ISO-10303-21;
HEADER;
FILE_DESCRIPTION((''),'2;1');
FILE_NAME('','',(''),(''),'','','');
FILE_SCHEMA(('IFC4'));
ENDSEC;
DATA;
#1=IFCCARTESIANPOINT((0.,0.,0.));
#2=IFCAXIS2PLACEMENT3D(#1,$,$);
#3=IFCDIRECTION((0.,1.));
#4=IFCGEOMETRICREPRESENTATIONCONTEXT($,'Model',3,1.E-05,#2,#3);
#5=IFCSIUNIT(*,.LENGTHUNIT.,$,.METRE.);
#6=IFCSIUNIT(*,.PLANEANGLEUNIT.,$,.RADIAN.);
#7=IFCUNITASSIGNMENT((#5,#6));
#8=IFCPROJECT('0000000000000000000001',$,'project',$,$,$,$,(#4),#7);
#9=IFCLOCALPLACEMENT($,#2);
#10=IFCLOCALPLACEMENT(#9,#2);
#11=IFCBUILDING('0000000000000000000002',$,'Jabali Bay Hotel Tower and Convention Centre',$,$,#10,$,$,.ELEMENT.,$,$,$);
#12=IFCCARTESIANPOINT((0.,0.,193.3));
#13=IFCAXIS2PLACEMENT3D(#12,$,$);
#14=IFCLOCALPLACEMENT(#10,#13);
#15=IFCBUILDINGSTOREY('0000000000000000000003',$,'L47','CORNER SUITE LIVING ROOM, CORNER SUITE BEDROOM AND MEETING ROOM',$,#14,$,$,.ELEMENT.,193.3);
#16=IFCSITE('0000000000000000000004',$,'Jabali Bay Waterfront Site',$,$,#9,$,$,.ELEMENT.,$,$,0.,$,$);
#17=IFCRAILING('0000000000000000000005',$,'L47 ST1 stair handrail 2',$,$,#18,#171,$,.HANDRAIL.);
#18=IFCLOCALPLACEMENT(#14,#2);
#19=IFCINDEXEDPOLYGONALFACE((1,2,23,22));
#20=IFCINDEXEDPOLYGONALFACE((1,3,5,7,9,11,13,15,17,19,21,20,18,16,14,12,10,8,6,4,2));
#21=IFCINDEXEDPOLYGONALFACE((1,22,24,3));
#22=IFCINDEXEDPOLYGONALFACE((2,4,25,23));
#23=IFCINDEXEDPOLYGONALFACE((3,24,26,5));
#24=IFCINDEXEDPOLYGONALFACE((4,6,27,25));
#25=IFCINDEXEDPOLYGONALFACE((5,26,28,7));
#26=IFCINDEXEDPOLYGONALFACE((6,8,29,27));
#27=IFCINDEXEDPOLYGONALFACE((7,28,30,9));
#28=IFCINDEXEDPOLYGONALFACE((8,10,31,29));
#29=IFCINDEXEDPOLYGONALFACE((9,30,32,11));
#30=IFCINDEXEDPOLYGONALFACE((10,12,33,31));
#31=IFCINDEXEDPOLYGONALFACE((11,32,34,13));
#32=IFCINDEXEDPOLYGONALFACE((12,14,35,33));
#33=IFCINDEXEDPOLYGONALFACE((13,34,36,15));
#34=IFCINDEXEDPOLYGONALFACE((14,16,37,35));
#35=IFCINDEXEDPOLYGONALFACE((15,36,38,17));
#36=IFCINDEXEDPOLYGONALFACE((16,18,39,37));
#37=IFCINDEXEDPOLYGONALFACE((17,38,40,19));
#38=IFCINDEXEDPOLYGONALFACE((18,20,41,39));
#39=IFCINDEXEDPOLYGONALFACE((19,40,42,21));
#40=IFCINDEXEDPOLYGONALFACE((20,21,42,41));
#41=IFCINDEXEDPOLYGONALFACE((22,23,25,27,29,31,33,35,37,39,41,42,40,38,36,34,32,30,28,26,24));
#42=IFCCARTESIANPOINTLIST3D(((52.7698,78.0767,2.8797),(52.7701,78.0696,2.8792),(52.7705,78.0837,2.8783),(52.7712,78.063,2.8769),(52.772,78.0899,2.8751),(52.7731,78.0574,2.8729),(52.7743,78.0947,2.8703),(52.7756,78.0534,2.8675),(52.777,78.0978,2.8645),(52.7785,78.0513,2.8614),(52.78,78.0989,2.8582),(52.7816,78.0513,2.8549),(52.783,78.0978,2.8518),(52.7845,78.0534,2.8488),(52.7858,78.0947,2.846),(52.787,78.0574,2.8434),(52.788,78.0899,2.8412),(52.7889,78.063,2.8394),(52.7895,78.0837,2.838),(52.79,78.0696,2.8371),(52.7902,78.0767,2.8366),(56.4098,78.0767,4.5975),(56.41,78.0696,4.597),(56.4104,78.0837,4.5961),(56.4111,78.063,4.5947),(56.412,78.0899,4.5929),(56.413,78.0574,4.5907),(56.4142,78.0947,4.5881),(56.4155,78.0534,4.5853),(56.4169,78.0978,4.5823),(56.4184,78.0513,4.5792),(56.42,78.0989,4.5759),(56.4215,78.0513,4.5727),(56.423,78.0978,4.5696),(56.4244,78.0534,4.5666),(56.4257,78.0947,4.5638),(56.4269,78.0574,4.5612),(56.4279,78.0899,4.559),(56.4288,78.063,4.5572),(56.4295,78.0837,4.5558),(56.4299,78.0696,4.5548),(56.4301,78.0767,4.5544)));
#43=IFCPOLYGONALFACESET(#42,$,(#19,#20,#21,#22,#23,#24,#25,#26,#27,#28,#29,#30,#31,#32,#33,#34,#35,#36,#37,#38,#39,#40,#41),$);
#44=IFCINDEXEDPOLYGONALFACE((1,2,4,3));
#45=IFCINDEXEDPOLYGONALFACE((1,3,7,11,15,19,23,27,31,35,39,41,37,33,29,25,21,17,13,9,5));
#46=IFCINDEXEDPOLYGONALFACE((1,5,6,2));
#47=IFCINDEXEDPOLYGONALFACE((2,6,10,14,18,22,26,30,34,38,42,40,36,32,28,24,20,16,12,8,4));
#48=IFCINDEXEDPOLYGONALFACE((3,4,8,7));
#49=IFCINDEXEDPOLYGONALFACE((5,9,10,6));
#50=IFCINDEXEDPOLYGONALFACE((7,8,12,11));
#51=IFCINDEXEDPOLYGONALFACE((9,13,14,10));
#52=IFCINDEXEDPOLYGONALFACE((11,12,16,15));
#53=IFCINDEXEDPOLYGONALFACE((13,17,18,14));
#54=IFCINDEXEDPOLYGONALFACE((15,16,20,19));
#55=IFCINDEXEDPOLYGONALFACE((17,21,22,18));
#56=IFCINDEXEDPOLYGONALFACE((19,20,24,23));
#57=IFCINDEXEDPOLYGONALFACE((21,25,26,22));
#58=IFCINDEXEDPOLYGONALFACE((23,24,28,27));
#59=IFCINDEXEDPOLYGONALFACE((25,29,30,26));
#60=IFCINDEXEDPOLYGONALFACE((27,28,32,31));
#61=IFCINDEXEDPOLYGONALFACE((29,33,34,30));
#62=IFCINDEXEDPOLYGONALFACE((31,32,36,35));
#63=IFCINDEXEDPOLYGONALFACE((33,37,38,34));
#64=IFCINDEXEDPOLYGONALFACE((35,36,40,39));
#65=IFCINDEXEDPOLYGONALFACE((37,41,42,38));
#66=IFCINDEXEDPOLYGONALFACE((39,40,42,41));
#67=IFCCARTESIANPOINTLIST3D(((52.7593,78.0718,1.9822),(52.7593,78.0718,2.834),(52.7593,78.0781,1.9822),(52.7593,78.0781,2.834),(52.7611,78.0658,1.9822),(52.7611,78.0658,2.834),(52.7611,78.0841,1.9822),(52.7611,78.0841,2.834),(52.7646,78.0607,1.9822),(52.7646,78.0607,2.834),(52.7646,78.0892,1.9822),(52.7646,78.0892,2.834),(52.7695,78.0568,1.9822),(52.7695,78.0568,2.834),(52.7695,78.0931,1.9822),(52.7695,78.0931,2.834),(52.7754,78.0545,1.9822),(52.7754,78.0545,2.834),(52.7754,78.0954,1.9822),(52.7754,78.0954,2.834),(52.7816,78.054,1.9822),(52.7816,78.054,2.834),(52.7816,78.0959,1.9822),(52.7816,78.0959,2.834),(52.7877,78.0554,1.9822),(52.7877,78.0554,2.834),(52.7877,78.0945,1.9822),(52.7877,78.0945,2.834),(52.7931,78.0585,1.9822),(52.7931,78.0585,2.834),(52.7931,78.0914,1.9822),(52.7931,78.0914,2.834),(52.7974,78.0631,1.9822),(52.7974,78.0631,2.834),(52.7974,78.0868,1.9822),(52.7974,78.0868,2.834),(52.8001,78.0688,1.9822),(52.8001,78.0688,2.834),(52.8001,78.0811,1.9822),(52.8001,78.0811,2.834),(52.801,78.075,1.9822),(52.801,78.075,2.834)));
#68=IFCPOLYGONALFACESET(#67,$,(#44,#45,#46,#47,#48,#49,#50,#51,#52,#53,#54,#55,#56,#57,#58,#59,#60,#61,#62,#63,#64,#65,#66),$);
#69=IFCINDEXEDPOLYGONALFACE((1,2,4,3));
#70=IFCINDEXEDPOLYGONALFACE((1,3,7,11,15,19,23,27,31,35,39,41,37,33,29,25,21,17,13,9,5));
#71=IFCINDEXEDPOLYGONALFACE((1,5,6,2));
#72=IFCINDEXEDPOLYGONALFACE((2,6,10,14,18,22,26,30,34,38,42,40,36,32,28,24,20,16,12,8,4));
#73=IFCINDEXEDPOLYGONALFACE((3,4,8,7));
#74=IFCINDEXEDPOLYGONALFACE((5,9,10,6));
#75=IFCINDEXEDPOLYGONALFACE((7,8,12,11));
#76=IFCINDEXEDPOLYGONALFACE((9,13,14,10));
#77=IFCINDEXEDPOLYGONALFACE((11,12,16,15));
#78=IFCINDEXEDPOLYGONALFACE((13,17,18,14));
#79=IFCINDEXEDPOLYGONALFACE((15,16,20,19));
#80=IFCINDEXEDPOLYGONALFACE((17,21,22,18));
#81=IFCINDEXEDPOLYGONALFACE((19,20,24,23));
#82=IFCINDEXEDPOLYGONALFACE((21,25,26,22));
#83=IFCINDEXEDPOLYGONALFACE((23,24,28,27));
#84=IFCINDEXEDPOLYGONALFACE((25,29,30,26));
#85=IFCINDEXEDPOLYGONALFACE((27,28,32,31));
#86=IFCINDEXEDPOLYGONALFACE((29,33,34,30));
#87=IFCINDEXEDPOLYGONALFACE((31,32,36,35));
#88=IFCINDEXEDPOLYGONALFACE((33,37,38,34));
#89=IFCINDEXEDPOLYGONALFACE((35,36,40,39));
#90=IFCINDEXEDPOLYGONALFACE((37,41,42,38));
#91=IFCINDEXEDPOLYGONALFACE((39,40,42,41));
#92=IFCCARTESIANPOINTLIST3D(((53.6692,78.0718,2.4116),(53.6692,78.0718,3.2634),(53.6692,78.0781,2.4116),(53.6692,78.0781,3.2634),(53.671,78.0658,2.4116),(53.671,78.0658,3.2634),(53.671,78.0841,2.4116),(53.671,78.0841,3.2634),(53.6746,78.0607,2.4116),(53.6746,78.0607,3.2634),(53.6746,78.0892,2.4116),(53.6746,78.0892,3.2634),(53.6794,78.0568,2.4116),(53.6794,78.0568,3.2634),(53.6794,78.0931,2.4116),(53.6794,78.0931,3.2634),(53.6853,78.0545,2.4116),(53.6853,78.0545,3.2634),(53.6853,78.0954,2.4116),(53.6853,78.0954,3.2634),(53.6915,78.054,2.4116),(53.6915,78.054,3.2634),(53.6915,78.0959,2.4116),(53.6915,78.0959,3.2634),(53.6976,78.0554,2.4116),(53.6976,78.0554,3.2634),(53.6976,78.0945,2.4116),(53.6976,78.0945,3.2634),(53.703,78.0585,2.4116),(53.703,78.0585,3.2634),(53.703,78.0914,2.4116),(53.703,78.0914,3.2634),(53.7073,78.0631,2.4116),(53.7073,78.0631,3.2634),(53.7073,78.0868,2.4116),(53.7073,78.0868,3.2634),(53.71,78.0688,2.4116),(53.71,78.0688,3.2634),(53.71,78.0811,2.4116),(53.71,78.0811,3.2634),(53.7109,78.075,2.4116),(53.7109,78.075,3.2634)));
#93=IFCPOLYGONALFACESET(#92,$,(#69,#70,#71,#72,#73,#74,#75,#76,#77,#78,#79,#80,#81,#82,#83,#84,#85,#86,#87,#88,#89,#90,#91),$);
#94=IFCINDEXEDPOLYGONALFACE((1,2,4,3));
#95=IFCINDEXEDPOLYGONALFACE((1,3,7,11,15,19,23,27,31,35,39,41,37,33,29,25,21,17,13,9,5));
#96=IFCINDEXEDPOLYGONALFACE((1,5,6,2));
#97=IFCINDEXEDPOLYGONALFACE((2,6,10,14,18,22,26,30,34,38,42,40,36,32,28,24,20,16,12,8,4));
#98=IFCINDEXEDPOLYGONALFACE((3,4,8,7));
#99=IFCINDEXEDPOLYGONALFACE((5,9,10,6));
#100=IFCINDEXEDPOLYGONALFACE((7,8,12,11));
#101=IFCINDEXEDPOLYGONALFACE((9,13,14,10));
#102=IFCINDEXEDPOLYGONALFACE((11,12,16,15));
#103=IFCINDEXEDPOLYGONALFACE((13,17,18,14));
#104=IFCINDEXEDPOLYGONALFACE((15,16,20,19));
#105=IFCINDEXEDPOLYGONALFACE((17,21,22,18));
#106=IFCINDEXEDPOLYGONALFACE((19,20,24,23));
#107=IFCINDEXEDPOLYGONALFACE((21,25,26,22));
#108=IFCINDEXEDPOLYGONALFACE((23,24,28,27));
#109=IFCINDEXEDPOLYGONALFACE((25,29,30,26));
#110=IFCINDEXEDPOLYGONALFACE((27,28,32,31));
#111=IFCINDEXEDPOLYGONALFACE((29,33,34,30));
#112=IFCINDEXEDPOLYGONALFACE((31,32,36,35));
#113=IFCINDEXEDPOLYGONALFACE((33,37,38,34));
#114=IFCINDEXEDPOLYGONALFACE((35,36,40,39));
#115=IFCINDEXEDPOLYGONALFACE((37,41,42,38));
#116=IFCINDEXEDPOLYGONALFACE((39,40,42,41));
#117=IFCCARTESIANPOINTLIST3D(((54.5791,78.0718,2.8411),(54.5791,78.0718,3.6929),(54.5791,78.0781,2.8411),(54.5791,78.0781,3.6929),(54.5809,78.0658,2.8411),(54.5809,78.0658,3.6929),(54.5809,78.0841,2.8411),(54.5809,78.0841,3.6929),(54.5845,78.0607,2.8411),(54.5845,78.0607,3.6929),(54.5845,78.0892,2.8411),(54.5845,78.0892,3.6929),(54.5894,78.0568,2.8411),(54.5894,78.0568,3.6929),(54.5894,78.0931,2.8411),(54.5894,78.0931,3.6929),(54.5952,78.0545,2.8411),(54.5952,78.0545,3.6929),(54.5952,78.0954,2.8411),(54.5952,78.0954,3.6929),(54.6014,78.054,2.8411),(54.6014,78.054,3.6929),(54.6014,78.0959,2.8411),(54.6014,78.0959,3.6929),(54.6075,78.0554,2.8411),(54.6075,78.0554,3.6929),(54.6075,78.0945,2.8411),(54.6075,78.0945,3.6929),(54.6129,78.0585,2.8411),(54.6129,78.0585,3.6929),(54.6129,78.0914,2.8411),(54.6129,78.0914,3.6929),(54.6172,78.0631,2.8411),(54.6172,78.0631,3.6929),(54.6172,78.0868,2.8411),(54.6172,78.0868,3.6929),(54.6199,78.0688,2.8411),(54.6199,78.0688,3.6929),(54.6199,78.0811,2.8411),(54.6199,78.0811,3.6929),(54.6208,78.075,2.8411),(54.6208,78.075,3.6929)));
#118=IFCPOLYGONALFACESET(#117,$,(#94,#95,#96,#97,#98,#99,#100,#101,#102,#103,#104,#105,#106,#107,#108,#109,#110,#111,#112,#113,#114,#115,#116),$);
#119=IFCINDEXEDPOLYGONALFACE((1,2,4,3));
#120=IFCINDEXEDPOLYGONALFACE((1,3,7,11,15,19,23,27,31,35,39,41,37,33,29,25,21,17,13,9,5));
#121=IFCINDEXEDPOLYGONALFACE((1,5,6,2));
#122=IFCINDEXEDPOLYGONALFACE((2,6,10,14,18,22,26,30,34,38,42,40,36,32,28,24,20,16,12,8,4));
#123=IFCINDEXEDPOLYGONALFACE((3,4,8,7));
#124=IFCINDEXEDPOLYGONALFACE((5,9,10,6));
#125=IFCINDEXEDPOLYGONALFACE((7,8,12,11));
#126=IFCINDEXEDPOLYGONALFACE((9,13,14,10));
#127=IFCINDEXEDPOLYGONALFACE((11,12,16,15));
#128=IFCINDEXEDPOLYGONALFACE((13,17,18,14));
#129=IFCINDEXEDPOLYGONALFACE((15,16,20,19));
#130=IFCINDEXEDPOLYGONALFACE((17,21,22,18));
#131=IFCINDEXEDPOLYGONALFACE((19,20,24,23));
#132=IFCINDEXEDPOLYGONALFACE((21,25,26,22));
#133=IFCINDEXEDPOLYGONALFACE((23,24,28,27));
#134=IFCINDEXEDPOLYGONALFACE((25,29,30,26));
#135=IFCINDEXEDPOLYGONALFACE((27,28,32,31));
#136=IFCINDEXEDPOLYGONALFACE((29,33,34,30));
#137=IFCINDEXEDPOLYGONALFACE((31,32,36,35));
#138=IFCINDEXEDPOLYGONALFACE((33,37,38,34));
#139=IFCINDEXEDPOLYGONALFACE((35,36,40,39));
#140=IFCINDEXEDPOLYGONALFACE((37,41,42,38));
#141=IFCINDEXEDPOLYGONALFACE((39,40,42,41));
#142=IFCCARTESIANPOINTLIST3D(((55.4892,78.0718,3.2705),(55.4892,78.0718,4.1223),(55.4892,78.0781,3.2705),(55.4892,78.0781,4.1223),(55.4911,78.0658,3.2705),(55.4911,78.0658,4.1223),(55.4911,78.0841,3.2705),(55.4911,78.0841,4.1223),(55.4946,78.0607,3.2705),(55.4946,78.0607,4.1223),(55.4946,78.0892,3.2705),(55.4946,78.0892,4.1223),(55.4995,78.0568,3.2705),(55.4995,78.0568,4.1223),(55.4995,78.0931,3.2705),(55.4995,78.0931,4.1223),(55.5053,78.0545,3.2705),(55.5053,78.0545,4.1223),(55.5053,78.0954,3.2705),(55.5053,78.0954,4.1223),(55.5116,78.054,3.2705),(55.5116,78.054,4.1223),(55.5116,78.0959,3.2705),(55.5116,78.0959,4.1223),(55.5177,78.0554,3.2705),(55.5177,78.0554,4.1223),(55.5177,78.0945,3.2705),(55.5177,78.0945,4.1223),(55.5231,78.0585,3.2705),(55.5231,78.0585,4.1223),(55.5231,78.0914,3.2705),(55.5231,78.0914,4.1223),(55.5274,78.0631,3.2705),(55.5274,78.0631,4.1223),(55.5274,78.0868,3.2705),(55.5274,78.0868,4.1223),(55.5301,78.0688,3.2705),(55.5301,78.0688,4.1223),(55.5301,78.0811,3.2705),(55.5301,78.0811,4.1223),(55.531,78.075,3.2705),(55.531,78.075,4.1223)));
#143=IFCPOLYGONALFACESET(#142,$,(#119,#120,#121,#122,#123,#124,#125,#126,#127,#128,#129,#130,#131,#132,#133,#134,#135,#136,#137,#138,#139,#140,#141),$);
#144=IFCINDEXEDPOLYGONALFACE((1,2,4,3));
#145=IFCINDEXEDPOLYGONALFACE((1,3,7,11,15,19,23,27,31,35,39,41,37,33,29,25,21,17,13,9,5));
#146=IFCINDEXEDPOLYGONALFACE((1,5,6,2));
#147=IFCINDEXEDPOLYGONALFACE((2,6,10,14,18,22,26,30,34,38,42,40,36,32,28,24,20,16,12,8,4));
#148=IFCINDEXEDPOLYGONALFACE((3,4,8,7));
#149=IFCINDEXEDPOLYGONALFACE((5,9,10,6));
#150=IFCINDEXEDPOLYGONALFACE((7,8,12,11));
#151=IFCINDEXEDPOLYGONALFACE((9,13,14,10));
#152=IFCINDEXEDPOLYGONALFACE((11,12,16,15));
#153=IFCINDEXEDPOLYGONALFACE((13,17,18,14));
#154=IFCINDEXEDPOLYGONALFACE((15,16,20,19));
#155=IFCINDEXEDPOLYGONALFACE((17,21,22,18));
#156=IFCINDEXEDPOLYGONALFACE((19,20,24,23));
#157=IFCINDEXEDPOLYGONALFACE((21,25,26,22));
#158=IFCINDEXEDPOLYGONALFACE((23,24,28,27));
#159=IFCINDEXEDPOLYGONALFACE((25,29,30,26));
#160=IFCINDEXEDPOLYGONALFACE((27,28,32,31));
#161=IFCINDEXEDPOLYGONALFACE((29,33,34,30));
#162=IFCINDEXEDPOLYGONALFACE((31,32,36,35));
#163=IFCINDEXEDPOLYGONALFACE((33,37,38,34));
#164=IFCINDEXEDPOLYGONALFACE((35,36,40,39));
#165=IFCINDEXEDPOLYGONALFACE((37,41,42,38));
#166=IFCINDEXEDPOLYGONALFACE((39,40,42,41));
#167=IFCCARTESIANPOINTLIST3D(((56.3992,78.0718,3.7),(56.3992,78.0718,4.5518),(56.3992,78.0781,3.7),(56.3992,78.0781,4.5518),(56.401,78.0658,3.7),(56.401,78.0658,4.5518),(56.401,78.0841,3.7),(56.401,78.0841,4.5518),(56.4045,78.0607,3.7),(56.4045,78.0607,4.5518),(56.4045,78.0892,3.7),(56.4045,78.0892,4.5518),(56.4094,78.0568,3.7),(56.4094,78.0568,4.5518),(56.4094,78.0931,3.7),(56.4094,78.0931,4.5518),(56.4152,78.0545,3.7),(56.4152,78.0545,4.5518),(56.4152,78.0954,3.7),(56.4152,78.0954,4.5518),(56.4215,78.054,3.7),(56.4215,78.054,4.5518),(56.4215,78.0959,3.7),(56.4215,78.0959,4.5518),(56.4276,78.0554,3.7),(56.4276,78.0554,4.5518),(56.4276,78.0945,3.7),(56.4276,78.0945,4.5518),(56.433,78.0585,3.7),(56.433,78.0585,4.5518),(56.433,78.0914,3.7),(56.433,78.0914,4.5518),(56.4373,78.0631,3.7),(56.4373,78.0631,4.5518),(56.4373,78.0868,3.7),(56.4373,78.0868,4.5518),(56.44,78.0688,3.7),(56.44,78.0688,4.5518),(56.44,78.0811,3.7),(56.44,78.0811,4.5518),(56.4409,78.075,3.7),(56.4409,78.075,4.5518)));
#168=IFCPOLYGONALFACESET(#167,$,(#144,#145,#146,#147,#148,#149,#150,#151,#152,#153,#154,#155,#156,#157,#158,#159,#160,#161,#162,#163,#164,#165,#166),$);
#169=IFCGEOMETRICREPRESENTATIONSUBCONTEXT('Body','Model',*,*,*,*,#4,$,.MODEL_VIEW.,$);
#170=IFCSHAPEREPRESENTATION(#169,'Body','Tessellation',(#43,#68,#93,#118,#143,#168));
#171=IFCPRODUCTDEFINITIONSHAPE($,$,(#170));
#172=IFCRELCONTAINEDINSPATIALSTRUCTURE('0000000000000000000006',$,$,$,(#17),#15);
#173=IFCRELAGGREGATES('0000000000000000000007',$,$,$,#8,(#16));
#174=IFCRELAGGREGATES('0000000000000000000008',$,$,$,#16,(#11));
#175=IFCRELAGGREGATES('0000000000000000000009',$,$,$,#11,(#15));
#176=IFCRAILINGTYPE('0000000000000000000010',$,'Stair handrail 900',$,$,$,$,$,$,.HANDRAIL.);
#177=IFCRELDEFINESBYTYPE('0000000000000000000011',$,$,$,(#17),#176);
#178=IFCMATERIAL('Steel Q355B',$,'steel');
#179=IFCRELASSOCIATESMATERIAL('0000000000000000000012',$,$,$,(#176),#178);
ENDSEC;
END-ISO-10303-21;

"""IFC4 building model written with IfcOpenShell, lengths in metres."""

from ifc_helpers import new_model, si_unit, direction, frame, origin, origin_2d, place, context, subcontext, project, spatial, circle, extrude, material, type_object, element, save


model = new_model("IFC4")

# Units and contexts
model_context = context("Model", 3, precision=1e-05, world=origin(), true_north=direction((0.0, 1.0)))
body_context = subcontext(model_context, "Body", "Model", "MODEL_VIEW")
ifc_project = project(units=[si_unit("LENGTHUNIT", "METRE"), si_unit("PLANEANGLEUNIT", "RADIAN")], contexts=[model_context])

# Site, building, storey
site_placement = place(None, origin())
site = spatial("IfcSite", under=ifc_project, at=site_placement, Name="Jabali Bay Waterfront Site", CompositionType="ELEMENT", RefElevation=0.0)
building_placement = place(site_placement, origin())
building = spatial("IfcBuilding", under=site, at=building_placement, Name="Jabali Bay Hotel Tower and Convention Centre", CompositionType="ELEMENT")
storey_placement = place(building_placement, frame((0.0, 0.0, 193.3)))
storey = spatial("IfcBuildingStorey", under=building, at=storey_placement, Name="L47", Description="CORNER SUITE LIVING ROOM, CORNER SUITE BEDROOM AND MEETING ROOM", CompositionType="ELEMENT", Elevation=193.3)

# Railing
ifc_material_1 = material(Name="Steel Q355B", Category="steel")
railing_type = type_object("IfcRailingType", Name="Stair handrail 900", PredefinedType="HANDRAIL", material=ifc_material_1)
railing_placement = place(storey_placement, frame((52.78, 78.075, 1.9822)))
element("IfcRailing", 1, at=railing_placement, inside=storey, type_object=railing_type, Name="L47 ST1 stair handrail 2", PredefinedType="HANDRAIL", context=body_context, shape_type="SweptSolid", body=[
    extrude(circle(Radius=0.0239, at=origin_2d()), frame((0.0, 0.0, 0.876), z_axis=(0.904351, 0.0, 0.42679), x_axis=(0.0, 1.0, 0.0)), (0.0, 0.0, 1.0), 4.0249),
    extrude(circle(Radius=0.021, at=origin_2d()), origin(), (0.0, 0.0, 1.0), 0.8518),
    extrude(circle(Radius=0.021, at=origin_2d()), frame((0.9099, 0.0, 0.4294)), (0.0, 0.0, 1.0), 0.8518),
    extrude(circle(Radius=0.021, at=origin_2d()), frame((1.8198, 0.0, 0.8589)), (0.0, 0.0, 1.0), 0.8518),
    extrude(circle(Radius=0.021, at=origin_2d()), frame((2.73, 0.0, 1.2883)), (0.0, 0.0, 1.0), 0.8518),
    extrude(circle(Radius=0.021, at=origin_2d()), frame((3.6399, 0.0, 1.7178)), (0.0, 0.0, 1.0), 0.8518),
])

save(model, "model.ifc")
